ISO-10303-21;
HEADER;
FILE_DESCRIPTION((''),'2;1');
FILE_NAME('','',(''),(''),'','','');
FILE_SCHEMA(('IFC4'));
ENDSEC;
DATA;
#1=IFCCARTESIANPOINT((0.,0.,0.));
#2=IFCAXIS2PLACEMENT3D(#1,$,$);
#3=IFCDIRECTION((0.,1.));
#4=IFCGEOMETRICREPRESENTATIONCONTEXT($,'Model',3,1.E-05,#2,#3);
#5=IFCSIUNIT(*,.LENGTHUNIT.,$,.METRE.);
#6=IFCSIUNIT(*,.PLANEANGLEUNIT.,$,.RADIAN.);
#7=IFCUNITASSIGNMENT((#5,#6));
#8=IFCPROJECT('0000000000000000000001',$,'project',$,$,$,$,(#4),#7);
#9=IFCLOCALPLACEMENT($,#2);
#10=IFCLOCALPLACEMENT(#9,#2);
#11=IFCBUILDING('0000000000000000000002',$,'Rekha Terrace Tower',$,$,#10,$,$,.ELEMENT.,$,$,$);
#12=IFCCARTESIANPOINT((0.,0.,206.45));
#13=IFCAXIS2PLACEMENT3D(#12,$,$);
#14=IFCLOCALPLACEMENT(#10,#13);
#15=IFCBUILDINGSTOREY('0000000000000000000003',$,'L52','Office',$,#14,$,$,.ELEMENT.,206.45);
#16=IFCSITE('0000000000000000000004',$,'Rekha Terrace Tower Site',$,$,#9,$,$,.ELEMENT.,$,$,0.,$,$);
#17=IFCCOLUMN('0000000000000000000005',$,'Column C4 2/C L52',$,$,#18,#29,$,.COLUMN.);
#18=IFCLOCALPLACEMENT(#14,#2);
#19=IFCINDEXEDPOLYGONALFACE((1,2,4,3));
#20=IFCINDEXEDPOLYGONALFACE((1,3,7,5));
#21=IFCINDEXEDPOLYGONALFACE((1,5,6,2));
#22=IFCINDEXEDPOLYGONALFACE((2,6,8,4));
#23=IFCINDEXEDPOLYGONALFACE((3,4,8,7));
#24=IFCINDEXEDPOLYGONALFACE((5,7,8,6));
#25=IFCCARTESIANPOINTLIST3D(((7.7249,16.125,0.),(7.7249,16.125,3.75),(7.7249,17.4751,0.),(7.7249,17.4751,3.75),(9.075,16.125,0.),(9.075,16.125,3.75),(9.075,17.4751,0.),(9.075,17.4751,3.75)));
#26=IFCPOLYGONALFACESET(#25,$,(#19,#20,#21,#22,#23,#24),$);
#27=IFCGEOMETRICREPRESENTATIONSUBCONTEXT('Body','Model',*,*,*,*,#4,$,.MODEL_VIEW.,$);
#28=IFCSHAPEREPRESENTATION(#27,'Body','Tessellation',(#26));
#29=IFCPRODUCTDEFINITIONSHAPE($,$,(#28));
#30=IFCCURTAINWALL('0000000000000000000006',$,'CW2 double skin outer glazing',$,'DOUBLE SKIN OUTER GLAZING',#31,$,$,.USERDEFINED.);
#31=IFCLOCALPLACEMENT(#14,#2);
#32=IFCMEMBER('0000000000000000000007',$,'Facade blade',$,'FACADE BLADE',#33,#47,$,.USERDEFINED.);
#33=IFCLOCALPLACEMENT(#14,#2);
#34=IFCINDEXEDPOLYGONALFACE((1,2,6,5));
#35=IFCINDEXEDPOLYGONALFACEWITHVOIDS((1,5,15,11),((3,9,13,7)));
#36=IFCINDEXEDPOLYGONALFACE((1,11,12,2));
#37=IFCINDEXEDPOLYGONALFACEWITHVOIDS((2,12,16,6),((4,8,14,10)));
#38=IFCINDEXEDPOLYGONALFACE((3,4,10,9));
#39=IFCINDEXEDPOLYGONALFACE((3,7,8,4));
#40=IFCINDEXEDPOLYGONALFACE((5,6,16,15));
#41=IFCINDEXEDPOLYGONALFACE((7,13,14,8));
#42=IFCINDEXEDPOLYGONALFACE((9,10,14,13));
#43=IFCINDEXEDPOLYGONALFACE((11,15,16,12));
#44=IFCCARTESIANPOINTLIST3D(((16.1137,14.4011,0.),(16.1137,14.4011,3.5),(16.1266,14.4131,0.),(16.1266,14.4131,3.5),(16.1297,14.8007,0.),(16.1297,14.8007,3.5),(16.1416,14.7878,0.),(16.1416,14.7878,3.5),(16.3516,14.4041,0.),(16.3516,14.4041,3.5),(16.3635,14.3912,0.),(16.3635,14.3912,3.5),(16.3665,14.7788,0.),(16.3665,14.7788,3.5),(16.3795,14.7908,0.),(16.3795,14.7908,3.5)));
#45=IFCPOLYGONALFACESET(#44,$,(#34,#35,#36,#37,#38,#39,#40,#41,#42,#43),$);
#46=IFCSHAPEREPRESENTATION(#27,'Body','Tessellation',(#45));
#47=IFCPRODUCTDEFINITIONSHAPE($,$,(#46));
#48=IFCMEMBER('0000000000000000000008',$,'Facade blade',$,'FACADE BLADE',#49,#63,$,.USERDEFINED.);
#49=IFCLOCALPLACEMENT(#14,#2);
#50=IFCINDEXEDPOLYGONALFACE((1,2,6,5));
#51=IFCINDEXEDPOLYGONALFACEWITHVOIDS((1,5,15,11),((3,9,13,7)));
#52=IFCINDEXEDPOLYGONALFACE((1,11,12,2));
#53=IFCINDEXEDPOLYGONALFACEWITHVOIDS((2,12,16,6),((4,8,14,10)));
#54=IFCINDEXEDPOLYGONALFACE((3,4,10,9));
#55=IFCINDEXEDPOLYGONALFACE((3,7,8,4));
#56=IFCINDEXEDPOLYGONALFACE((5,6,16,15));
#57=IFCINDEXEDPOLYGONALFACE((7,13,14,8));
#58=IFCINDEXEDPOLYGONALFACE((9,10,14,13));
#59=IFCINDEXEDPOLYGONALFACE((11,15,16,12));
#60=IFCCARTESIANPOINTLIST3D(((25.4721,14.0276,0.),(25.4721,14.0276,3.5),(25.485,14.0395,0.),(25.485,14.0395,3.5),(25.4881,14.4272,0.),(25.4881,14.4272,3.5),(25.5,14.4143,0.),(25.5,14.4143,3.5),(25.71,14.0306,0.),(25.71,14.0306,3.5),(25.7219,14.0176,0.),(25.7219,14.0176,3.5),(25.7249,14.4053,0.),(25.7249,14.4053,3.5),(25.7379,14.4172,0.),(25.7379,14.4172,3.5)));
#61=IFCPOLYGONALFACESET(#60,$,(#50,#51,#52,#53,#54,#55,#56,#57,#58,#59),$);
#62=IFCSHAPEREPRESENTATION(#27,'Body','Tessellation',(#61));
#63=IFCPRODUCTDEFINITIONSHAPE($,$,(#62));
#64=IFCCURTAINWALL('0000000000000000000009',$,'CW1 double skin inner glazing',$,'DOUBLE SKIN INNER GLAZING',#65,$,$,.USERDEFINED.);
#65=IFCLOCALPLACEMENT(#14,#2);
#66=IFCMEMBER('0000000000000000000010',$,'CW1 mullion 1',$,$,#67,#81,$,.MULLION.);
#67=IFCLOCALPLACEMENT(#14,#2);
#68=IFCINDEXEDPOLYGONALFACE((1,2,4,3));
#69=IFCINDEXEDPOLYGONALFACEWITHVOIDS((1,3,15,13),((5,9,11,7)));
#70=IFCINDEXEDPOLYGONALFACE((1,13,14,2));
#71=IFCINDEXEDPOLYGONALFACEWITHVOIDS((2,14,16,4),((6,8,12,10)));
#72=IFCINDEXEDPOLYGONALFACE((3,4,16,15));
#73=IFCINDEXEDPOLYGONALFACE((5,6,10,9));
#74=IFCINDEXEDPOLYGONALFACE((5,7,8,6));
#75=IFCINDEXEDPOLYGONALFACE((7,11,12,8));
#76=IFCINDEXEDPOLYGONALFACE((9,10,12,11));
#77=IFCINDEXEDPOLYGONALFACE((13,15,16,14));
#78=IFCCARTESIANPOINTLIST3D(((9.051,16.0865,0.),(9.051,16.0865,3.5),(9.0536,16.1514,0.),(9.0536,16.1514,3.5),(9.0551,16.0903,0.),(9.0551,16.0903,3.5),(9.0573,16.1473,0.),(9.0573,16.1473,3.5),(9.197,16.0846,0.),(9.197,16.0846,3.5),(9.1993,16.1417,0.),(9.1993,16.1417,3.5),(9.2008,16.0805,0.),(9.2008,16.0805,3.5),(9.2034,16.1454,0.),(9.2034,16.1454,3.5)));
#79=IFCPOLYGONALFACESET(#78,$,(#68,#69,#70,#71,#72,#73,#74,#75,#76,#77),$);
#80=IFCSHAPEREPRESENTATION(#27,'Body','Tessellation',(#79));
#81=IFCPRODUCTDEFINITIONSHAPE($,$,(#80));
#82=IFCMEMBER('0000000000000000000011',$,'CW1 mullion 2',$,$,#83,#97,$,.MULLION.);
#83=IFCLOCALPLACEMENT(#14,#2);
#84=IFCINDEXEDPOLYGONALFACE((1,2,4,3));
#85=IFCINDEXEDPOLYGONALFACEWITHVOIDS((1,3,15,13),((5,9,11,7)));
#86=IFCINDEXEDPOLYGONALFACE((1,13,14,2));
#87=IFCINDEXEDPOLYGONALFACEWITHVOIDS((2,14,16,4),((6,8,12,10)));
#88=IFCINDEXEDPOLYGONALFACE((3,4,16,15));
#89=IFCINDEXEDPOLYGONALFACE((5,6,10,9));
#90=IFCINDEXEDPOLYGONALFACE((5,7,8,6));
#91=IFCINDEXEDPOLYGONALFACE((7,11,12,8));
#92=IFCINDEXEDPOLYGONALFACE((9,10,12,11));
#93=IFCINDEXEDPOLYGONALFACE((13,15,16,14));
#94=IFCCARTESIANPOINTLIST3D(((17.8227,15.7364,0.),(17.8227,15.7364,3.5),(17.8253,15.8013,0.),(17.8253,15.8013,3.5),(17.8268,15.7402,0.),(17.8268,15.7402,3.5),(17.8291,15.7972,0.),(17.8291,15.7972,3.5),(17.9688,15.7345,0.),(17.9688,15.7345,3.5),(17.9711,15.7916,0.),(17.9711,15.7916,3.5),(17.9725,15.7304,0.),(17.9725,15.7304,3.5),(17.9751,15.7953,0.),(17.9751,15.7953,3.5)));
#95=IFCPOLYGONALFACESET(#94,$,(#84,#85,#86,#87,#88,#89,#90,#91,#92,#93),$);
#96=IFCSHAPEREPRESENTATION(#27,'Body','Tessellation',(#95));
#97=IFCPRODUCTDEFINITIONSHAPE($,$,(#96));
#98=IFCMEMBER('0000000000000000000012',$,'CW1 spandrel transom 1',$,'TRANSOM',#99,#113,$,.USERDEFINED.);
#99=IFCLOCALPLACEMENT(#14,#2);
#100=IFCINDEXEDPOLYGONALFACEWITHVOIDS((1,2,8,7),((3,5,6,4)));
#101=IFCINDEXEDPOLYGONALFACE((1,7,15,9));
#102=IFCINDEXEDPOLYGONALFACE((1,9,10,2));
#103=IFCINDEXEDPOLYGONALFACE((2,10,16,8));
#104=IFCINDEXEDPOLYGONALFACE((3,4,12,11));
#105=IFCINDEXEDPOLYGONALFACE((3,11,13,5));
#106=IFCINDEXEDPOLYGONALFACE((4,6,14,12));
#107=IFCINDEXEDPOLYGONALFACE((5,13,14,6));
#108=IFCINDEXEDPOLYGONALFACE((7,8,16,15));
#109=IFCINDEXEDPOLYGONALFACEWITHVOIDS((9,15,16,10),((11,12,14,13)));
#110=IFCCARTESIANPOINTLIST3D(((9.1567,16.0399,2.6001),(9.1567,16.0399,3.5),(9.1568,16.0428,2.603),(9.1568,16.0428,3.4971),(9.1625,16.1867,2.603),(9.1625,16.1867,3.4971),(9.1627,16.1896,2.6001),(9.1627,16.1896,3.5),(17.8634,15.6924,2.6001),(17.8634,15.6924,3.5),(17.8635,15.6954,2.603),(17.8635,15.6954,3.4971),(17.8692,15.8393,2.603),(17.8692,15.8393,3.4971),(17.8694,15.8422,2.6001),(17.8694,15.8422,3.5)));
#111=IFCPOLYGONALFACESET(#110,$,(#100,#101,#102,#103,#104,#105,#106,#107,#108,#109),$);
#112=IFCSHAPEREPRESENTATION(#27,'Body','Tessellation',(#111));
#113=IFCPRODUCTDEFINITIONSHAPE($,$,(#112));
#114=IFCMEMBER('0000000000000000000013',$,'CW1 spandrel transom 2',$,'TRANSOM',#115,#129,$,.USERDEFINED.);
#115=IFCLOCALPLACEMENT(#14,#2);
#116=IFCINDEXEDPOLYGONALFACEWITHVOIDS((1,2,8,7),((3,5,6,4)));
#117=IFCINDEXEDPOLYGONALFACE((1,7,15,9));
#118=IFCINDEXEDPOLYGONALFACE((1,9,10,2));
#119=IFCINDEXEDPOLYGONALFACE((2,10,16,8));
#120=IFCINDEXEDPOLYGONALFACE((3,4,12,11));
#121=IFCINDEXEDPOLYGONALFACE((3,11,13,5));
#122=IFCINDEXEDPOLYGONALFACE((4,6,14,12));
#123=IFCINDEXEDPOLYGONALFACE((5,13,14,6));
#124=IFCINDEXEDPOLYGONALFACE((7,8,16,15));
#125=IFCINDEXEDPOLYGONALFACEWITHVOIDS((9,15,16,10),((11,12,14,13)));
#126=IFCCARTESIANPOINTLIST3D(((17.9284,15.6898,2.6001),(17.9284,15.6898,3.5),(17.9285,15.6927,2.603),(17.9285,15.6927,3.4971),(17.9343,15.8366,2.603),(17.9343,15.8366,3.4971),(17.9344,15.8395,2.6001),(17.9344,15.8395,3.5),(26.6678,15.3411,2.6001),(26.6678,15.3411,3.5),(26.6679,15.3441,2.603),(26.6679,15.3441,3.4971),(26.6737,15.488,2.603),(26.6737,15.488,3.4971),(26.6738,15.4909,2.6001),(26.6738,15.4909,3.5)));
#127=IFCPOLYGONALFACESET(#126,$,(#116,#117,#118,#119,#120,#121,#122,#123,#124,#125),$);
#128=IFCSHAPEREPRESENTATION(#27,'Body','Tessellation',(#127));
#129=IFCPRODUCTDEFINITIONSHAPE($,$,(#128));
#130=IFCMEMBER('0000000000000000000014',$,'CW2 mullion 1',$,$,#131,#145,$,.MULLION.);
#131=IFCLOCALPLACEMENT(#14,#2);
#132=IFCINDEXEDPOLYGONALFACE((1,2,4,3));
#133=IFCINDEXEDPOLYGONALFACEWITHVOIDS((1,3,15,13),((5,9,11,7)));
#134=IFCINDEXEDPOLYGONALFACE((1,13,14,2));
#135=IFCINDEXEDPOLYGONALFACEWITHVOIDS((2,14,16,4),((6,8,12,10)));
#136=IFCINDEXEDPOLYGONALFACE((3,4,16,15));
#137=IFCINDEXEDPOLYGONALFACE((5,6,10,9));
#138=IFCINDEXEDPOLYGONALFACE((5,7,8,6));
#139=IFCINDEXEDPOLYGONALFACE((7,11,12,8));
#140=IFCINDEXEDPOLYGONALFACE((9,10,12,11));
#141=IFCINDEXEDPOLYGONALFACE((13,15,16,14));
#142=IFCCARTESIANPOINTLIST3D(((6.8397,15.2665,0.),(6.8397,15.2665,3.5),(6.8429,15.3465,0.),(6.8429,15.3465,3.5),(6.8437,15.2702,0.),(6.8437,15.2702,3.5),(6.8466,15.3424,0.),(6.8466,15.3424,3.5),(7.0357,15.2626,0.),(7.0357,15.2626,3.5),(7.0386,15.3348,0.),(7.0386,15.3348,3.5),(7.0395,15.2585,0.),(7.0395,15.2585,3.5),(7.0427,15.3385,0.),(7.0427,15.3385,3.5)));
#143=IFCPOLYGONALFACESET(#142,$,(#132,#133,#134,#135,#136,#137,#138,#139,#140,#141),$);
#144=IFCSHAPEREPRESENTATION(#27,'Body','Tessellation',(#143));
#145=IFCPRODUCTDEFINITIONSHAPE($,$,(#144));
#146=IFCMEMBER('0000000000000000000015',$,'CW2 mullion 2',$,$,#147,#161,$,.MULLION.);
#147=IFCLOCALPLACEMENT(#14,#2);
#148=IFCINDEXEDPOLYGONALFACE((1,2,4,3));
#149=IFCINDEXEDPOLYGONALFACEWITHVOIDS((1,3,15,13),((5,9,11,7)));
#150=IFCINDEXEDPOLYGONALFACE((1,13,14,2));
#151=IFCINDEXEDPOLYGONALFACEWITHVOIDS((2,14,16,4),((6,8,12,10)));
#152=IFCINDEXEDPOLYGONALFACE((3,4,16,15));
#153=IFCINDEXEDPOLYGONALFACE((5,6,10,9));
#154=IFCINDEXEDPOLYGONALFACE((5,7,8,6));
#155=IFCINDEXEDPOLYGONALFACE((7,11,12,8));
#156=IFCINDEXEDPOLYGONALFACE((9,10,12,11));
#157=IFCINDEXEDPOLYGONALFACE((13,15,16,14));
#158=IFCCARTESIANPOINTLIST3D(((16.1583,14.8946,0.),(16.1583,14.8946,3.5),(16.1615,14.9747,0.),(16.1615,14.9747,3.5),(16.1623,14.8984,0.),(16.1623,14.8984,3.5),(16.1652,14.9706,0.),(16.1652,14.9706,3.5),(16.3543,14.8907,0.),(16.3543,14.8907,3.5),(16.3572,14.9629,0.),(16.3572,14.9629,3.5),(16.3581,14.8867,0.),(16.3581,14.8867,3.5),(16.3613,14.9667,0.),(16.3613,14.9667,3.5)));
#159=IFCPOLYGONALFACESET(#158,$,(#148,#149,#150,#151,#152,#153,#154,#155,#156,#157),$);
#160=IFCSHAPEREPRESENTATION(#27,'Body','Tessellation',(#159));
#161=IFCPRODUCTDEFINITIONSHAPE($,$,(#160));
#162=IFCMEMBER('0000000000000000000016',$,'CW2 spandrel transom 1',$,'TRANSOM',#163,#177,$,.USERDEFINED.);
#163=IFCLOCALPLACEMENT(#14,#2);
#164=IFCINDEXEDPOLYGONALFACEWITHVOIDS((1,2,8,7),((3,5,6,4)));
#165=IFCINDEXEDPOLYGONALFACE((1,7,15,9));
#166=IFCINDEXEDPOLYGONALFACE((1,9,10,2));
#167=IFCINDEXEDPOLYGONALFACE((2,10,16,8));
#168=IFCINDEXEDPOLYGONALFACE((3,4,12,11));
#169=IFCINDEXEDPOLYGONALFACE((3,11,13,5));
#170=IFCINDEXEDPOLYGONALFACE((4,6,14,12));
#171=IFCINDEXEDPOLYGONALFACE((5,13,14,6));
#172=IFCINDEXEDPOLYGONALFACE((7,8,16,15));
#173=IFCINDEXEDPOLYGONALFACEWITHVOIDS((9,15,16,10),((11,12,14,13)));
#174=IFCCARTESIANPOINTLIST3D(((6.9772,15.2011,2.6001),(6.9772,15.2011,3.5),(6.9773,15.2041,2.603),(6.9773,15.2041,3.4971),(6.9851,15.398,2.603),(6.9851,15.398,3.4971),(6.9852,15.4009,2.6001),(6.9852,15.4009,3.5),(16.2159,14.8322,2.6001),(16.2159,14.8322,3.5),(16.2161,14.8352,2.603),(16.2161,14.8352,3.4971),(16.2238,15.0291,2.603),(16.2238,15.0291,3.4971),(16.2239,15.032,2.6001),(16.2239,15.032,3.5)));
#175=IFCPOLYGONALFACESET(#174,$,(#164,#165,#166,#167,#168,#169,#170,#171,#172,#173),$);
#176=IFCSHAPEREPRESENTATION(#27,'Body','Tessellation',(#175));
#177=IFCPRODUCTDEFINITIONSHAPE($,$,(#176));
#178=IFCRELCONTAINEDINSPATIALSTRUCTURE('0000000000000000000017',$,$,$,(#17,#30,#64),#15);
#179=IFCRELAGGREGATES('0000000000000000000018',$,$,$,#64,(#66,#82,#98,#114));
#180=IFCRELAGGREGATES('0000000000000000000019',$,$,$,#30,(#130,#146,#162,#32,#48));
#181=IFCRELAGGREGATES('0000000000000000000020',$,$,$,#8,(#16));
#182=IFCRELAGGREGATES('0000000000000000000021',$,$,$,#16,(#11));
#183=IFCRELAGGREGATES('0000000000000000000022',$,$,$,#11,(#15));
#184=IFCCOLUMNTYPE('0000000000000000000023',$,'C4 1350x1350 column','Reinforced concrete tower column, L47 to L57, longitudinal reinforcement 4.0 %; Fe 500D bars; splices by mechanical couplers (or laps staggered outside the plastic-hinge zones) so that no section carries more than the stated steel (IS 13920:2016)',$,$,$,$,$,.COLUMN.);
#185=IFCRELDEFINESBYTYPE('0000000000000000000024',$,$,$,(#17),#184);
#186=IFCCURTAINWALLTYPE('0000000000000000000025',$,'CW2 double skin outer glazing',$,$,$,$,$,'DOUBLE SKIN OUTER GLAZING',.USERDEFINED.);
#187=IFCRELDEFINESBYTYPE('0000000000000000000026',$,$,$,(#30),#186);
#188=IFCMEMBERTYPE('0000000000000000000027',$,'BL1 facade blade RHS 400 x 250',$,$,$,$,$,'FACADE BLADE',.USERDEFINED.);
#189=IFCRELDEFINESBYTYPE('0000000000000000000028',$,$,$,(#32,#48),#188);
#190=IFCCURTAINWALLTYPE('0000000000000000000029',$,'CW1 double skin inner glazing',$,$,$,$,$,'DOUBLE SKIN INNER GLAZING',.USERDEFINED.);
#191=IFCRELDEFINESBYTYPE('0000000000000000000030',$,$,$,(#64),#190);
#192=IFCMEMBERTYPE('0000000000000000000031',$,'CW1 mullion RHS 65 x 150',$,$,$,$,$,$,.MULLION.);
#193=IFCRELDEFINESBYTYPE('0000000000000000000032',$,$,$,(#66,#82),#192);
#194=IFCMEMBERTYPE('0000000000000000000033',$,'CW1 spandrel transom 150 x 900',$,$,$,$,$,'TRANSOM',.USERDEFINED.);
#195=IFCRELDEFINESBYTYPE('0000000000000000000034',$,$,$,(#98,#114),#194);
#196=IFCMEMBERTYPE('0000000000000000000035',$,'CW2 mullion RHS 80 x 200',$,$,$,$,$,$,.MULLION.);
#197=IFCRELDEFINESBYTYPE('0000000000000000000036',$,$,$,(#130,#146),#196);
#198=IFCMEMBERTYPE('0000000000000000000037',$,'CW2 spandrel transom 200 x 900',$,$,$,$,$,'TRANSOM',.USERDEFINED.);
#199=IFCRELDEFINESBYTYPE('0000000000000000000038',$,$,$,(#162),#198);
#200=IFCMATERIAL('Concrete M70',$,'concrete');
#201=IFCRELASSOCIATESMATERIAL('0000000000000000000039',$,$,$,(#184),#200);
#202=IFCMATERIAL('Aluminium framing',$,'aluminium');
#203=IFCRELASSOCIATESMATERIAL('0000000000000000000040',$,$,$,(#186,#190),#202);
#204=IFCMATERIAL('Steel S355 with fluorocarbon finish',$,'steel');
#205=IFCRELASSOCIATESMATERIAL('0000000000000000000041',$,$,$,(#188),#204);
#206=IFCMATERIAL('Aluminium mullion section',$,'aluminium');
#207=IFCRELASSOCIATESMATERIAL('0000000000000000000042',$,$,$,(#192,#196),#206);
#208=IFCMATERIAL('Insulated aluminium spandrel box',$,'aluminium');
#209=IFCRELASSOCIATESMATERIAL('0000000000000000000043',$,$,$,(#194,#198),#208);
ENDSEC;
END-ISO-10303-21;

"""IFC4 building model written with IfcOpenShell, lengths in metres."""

from ifc_helpers import new_model, si_unit, direction, frame, origin, origin_2d, place, context, subcontext, project, spatial, rectangle, hollow_rectangle, extrude, material, material_profile, profile_set, type_object, element, aggregate, save


model = new_model("IFC4")

# Units and contexts
model_context = context("Model", 3, precision=1e-05, world=origin(), true_north=direction((0.0, 1.0)))
body_context = subcontext(model_context, "Body", "Model", "MODEL_VIEW")
ifc_project = project(units=[si_unit("LENGTHUNIT", "METRE"), si_unit("PLANEANGLEUNIT", "RADIAN")], contexts=[model_context])

# Site, building, storey
site_placement = place(None, origin())
site = spatial("IfcSite", under=ifc_project, at=site_placement, Name="Rekha Terrace Tower Site", CompositionType="ELEMENT", RefElevation=0.0)
building_placement = place(site_placement, origin())
building = spatial("IfcBuilding", under=site, at=building_placement, Name="Rekha Terrace Tower", CompositionType="ELEMENT")
storey_placement = place(building_placement, frame((0.0, 0.0, 206.45)))
storey = spatial("IfcBuildingStorey", under=building, at=storey_placement, Name="L52", Description="Office", CompositionType="ELEMENT", Elevation=206.45)

# Column
ifc_material_1 = material(Name="Concrete M70", Category="concrete")
ifc_material_profile_1 = material_profile(ifc_material_1, rectangle(XDim=1.3501, YDim=1.3501, at=origin_2d()), Name="RC 1350x1350")
ifc_profile_set_1 = profile_set([ifc_material_profile_1], Name="Concrete M70")
column_type = type_object("IfcColumnType", Name="C4 1350x1350 column", Description="Reinforced concrete tower column, L47 to L57, longitudinal reinforcement 4.0 %; Fe 500D bars; splices by mechanical couplers (or laps staggered outside the plastic-hinge zones) so that no section carries more than the stated steel (IS 13920:2016)", PredefinedType="COLUMN", material=ifc_profile_set_1)
column_placement = place(storey_placement, frame((8.3999, 16.8, 0.0), z_axis=(0.0, 0.0, 1.0), x_axis=(1.0, 0.0, 0.0)))
element("IfcColumn", 1, at=column_placement, inside=storey, type_object=column_type, Name="Column C4 2/C L52", PredefinedType="COLUMN", context=body_context, shape_type="SweptSolid", body=[
    extrude(rectangle(XDim=1.3501, YDim=1.3501, at=origin_2d()), origin(), (0.0, 0.0, 1.0), 3.75),
])

# Curtain walls, members
ifc_material_2 = material(Name="Aluminium framing", Category="aluminium")
curtain_wall_type_1 = type_object("IfcCurtainWallType", Name="CW2 double skin outer glazing", ElementType="DOUBLE SKIN OUTER GLAZING", PredefinedType="USERDEFINED", material=ifc_material_2)
curtain_wall_1_placement = place(storey_placement, origin())
curtain_wall_1 = element("IfcCurtainWall", 2, at=curtain_wall_1_placement, inside=storey, type_object=curtain_wall_type_1, Name="CW2 double skin outer glazing", ObjectType="DOUBLE SKIN OUTER GLAZING", PredefinedType="USERDEFINED")
ifc_material_3 = material(Name="Steel S355 with fluorocarbon finish", Category="steel")
ifc_material_profile_2 = material_profile(ifc_material_3, hollow_rectangle(XDim=0.25, YDim=0.3999, WallThickness=0.0125, at=origin_2d()), Name="RHS400x250x12.5")
ifc_profile_set_2 = profile_set([ifc_material_profile_2], Name="Steel S355 with fluorocarbon finish")
member_type_1 = type_object("IfcMemberType", Name="BL1 facade blade RHS 400 x 250", ElementType="FACADE BLADE", PredefinedType="USERDEFINED", material=ifc_profile_set_2)
member_1_placement = place(storey_placement, frame((16.2466, 14.5959, 0.0), z_axis=(0.0, 0.0, 1.0), x_axis=(0.999205, -0.039872, 0.0)))
member_1 = element("IfcMember", 3, at=member_1_placement, type_object=member_type_1, Name="Facade blade", ObjectType="FACADE BLADE", PredefinedType="USERDEFINED", context=body_context, shape_type="SweptSolid", body=[
    extrude(hollow_rectangle(XDim=0.25, YDim=0.3999, WallThickness=0.0125, at=origin_2d()), origin(), (0.0, 0.0, 1.0), 3.5),
])
member_2_placement = place(storey_placement, frame((25.605, 14.2224, 0.0), z_axis=(0.0, 0.0, 1.0), x_axis=(0.999205, -0.039872, 0.0)))
member_2 = element("IfcMember", 4, at=member_2_placement, type_object=member_type_1, Name="Facade blade", ObjectType="FACADE BLADE", PredefinedType="USERDEFINED", context=body_context, shape_type="SweptSolid", body=[
    extrude(hollow_rectangle(XDim=0.25, YDim=0.3999, WallThickness=0.0125, at=origin_2d()), origin(), (0.0, 0.0, 1.0), 3.5),
])
curtain_wall_type_2 = type_object("IfcCurtainWallType", Name="CW1 double skin inner glazing", ElementType="DOUBLE SKIN INNER GLAZING", PredefinedType="USERDEFINED", material=ifc_material_2)
curtain_wall_2_placement = place(storey_placement, origin())
curtain_wall_2 = element("IfcCurtainWall", 5, at=curtain_wall_2_placement, inside=storey, type_object=curtain_wall_type_2, Name="CW1 double skin inner glazing", ObjectType="DOUBLE SKIN INNER GLAZING", PredefinedType="USERDEFINED")
ifc_material_4 = material(Name="Aluminium mullion section", Category="aluminium")
ifc_material_profile_3 = material_profile(ifc_material_4, hollow_rectangle(XDim=0.0649, YDim=0.1499, WallThickness=0.0039, at=origin_2d()), Name="AL RHS 65x150")
ifc_profile_set_3 = profile_set([ifc_material_profile_3], Name="Aluminium mullion section")
member_type_2 = type_object("IfcMemberType", Name="CW1 mullion RHS 65 x 150", PredefinedType="MULLION", material=ifc_profile_set_3)
member_3_placement = place(storey_placement, frame((9.1272, 16.116, 0.0), z_axis=(0.0, 0.0, 1.0), x_axis=(0.039872, 0.999205, 0.0)))
member_3 = element("IfcMember", 6, at=member_3_placement, type_object=member_type_2, Name="CW1 mullion 1", PredefinedType="MULLION", context=body_context, shape_type="SweptSolid", body=[
    extrude(hollow_rectangle(XDim=0.0649, YDim=0.1499, WallThickness=0.0039, at=origin_2d()), origin(), (0.0, 0.0, 1.0), 3.5),
])
member_4_placement = place(storey_placement, frame((17.8989, 15.7659, 0.0), z_axis=(0.0, 0.0, 1.0), x_axis=(0.039872, 0.999205, 0.0)))
member_4 = element("IfcMember", 7, at=member_4_placement, type_object=member_type_2, Name="CW1 mullion 2", PredefinedType="MULLION", context=body_context, shape_type="SweptSolid", body=[
    extrude(hollow_rectangle(XDim=0.0649, YDim=0.1499, WallThickness=0.0039, at=origin_2d()), origin(), (0.0, 0.0, 1.0), 3.5),
])
ifc_material_5 = material(Name="Insulated aluminium spandrel box", Category="aluminium")
ifc_material_profile_4 = material_profile(ifc_material_5, hollow_rectangle(XDim=0.1499, YDim=0.8999, WallThickness=0.0029, at=origin_2d()), Name="AL SPANDREL BOX 150x900")
ifc_profile_set_4 = profile_set([ifc_material_profile_4], Name="Insulated aluminium spandrel box")
member_type_3 = type_object("IfcMemberType", Name="CW1 spandrel transom 150 x 900", ElementType="TRANSOM", PredefinedType="USERDEFINED", material=ifc_profile_set_4)
member_5_placement = place(storey_placement, frame((9.1597, 16.1147, 3.05), z_axis=(0.999205, -0.03987, 0.0), x_axis=(0.03987, 0.999205, 0.0)))
member_5 = element("IfcMember", 8, at=member_5_placement, type_object=member_type_3, Name="CW1 spandrel transom 1", ObjectType="TRANSOM", PredefinedType="USERDEFINED", context=body_context, shape_type="SweptSolid", body=[
    extrude(hollow_rectangle(XDim=0.1499, YDim=0.8999, WallThickness=0.0029, at=origin_2d()), origin(), (0.0, 0.0, 1.0), 8.7136),
])
member_6_placement = place(storey_placement, frame((17.9314, 15.7646, 3.05), z_axis=(0.999205, -0.03986, 0.0), x_axis=(0.03986, 0.999205, 0.0)))
member_6 = element("IfcMember", 9, at=member_6_placement, type_object=member_type_3, Name="CW1 spandrel transom 2", ObjectType="TRANSOM", PredefinedType="USERDEFINED", context=body_context, shape_type="SweptSolid", body=[
    extrude(hollow_rectangle(XDim=0.1499, YDim=0.8999, WallThickness=0.0029, at=origin_2d()), origin(), (0.0, 0.0, 1.0), 8.7463),
])

# Members
ifc_material_profile_5 = material_profile(ifc_material_4, hollow_rectangle(XDim=0.0801, YDim=0.2, WallThickness=0.0039, at=origin_2d()), Name="AL RHS 80x200")
ifc_profile_set_5 = profile_set([ifc_material_profile_5], Name="Aluminium mullion section")
member_type_4 = type_object("IfcMemberType", Name="CW2 mullion RHS 80 x 200", PredefinedType="MULLION", material=ifc_profile_set_5)
member_7_placement = place(storey_placement, frame((6.9412, 15.3025, 0.0), z_axis=(0.0, 0.0, 1.0), x_axis=(0.039872, 0.999205, 0.0)))
member_7 = element("IfcMember", 10, at=member_7_placement, type_object=member_type_4, Name="CW2 mullion 1", PredefinedType="MULLION", context=body_context, shape_type="SweptSolid", body=[
    extrude(hollow_rectangle(XDim=0.0801, YDim=0.2, WallThickness=0.0039, at=origin_2d()), origin(), (0.0, 0.0, 1.0), 3.5),
])
member_8_placement = place(storey_placement, frame((16.2598, 14.9307, 0.0), z_axis=(0.0, 0.0, 1.0), x_axis=(0.039872, 0.999205, 0.0)))
member_8 = element("IfcMember", 11, at=member_8_placement, type_object=member_type_4, Name="CW2 mullion 2", PredefinedType="MULLION", context=body_context, shape_type="SweptSolid", body=[
    extrude(hollow_rectangle(XDim=0.0801, YDim=0.2, WallThickness=0.0039, at=origin_2d()), origin(), (0.0, 0.0, 1.0), 3.5),
])
ifc_material_profile_6 = material_profile(ifc_material_5, hollow_rectangle(XDim=0.2, YDim=0.8999, WallThickness=0.0029, at=origin_2d()), Name="AL SPANDREL BOX 200x900")
ifc_profile_set_6 = profile_set([ifc_material_profile_6], Name="Insulated aluminium spandrel box")
member_type_5 = type_object("IfcMemberType", Name="CW2 spandrel transom 200 x 900", ElementType="TRANSOM", PredefinedType="USERDEFINED", material=ifc_profile_set_6)
member_9_placement = place(storey_placement, frame((6.9812, 15.301, 3.05), z_axis=(0.999204, -0.039897, 0.0), x_axis=(0.039897, 0.999204, 0.0)))
member_9 = element("IfcMember", 12, at=member_9_placement, type_object=member_type_5, Name="CW2 spandrel transom 1", ObjectType="TRANSOM", PredefinedType="USERDEFINED", context=body_context, shape_type="SweptSolid", body=[
    extrude(hollow_rectangle(XDim=0.2, YDim=0.8999, WallThickness=0.0029, at=origin_2d()), origin(), (0.0, 0.0, 1.0), 9.2461),
])

aggregate(curtain_wall_2, [member_3, member_4, member_5, member_6])
aggregate(curtain_wall_1, [member_7, member_8, member_9, member_1, member_2])

save(model, "model.ifc")
